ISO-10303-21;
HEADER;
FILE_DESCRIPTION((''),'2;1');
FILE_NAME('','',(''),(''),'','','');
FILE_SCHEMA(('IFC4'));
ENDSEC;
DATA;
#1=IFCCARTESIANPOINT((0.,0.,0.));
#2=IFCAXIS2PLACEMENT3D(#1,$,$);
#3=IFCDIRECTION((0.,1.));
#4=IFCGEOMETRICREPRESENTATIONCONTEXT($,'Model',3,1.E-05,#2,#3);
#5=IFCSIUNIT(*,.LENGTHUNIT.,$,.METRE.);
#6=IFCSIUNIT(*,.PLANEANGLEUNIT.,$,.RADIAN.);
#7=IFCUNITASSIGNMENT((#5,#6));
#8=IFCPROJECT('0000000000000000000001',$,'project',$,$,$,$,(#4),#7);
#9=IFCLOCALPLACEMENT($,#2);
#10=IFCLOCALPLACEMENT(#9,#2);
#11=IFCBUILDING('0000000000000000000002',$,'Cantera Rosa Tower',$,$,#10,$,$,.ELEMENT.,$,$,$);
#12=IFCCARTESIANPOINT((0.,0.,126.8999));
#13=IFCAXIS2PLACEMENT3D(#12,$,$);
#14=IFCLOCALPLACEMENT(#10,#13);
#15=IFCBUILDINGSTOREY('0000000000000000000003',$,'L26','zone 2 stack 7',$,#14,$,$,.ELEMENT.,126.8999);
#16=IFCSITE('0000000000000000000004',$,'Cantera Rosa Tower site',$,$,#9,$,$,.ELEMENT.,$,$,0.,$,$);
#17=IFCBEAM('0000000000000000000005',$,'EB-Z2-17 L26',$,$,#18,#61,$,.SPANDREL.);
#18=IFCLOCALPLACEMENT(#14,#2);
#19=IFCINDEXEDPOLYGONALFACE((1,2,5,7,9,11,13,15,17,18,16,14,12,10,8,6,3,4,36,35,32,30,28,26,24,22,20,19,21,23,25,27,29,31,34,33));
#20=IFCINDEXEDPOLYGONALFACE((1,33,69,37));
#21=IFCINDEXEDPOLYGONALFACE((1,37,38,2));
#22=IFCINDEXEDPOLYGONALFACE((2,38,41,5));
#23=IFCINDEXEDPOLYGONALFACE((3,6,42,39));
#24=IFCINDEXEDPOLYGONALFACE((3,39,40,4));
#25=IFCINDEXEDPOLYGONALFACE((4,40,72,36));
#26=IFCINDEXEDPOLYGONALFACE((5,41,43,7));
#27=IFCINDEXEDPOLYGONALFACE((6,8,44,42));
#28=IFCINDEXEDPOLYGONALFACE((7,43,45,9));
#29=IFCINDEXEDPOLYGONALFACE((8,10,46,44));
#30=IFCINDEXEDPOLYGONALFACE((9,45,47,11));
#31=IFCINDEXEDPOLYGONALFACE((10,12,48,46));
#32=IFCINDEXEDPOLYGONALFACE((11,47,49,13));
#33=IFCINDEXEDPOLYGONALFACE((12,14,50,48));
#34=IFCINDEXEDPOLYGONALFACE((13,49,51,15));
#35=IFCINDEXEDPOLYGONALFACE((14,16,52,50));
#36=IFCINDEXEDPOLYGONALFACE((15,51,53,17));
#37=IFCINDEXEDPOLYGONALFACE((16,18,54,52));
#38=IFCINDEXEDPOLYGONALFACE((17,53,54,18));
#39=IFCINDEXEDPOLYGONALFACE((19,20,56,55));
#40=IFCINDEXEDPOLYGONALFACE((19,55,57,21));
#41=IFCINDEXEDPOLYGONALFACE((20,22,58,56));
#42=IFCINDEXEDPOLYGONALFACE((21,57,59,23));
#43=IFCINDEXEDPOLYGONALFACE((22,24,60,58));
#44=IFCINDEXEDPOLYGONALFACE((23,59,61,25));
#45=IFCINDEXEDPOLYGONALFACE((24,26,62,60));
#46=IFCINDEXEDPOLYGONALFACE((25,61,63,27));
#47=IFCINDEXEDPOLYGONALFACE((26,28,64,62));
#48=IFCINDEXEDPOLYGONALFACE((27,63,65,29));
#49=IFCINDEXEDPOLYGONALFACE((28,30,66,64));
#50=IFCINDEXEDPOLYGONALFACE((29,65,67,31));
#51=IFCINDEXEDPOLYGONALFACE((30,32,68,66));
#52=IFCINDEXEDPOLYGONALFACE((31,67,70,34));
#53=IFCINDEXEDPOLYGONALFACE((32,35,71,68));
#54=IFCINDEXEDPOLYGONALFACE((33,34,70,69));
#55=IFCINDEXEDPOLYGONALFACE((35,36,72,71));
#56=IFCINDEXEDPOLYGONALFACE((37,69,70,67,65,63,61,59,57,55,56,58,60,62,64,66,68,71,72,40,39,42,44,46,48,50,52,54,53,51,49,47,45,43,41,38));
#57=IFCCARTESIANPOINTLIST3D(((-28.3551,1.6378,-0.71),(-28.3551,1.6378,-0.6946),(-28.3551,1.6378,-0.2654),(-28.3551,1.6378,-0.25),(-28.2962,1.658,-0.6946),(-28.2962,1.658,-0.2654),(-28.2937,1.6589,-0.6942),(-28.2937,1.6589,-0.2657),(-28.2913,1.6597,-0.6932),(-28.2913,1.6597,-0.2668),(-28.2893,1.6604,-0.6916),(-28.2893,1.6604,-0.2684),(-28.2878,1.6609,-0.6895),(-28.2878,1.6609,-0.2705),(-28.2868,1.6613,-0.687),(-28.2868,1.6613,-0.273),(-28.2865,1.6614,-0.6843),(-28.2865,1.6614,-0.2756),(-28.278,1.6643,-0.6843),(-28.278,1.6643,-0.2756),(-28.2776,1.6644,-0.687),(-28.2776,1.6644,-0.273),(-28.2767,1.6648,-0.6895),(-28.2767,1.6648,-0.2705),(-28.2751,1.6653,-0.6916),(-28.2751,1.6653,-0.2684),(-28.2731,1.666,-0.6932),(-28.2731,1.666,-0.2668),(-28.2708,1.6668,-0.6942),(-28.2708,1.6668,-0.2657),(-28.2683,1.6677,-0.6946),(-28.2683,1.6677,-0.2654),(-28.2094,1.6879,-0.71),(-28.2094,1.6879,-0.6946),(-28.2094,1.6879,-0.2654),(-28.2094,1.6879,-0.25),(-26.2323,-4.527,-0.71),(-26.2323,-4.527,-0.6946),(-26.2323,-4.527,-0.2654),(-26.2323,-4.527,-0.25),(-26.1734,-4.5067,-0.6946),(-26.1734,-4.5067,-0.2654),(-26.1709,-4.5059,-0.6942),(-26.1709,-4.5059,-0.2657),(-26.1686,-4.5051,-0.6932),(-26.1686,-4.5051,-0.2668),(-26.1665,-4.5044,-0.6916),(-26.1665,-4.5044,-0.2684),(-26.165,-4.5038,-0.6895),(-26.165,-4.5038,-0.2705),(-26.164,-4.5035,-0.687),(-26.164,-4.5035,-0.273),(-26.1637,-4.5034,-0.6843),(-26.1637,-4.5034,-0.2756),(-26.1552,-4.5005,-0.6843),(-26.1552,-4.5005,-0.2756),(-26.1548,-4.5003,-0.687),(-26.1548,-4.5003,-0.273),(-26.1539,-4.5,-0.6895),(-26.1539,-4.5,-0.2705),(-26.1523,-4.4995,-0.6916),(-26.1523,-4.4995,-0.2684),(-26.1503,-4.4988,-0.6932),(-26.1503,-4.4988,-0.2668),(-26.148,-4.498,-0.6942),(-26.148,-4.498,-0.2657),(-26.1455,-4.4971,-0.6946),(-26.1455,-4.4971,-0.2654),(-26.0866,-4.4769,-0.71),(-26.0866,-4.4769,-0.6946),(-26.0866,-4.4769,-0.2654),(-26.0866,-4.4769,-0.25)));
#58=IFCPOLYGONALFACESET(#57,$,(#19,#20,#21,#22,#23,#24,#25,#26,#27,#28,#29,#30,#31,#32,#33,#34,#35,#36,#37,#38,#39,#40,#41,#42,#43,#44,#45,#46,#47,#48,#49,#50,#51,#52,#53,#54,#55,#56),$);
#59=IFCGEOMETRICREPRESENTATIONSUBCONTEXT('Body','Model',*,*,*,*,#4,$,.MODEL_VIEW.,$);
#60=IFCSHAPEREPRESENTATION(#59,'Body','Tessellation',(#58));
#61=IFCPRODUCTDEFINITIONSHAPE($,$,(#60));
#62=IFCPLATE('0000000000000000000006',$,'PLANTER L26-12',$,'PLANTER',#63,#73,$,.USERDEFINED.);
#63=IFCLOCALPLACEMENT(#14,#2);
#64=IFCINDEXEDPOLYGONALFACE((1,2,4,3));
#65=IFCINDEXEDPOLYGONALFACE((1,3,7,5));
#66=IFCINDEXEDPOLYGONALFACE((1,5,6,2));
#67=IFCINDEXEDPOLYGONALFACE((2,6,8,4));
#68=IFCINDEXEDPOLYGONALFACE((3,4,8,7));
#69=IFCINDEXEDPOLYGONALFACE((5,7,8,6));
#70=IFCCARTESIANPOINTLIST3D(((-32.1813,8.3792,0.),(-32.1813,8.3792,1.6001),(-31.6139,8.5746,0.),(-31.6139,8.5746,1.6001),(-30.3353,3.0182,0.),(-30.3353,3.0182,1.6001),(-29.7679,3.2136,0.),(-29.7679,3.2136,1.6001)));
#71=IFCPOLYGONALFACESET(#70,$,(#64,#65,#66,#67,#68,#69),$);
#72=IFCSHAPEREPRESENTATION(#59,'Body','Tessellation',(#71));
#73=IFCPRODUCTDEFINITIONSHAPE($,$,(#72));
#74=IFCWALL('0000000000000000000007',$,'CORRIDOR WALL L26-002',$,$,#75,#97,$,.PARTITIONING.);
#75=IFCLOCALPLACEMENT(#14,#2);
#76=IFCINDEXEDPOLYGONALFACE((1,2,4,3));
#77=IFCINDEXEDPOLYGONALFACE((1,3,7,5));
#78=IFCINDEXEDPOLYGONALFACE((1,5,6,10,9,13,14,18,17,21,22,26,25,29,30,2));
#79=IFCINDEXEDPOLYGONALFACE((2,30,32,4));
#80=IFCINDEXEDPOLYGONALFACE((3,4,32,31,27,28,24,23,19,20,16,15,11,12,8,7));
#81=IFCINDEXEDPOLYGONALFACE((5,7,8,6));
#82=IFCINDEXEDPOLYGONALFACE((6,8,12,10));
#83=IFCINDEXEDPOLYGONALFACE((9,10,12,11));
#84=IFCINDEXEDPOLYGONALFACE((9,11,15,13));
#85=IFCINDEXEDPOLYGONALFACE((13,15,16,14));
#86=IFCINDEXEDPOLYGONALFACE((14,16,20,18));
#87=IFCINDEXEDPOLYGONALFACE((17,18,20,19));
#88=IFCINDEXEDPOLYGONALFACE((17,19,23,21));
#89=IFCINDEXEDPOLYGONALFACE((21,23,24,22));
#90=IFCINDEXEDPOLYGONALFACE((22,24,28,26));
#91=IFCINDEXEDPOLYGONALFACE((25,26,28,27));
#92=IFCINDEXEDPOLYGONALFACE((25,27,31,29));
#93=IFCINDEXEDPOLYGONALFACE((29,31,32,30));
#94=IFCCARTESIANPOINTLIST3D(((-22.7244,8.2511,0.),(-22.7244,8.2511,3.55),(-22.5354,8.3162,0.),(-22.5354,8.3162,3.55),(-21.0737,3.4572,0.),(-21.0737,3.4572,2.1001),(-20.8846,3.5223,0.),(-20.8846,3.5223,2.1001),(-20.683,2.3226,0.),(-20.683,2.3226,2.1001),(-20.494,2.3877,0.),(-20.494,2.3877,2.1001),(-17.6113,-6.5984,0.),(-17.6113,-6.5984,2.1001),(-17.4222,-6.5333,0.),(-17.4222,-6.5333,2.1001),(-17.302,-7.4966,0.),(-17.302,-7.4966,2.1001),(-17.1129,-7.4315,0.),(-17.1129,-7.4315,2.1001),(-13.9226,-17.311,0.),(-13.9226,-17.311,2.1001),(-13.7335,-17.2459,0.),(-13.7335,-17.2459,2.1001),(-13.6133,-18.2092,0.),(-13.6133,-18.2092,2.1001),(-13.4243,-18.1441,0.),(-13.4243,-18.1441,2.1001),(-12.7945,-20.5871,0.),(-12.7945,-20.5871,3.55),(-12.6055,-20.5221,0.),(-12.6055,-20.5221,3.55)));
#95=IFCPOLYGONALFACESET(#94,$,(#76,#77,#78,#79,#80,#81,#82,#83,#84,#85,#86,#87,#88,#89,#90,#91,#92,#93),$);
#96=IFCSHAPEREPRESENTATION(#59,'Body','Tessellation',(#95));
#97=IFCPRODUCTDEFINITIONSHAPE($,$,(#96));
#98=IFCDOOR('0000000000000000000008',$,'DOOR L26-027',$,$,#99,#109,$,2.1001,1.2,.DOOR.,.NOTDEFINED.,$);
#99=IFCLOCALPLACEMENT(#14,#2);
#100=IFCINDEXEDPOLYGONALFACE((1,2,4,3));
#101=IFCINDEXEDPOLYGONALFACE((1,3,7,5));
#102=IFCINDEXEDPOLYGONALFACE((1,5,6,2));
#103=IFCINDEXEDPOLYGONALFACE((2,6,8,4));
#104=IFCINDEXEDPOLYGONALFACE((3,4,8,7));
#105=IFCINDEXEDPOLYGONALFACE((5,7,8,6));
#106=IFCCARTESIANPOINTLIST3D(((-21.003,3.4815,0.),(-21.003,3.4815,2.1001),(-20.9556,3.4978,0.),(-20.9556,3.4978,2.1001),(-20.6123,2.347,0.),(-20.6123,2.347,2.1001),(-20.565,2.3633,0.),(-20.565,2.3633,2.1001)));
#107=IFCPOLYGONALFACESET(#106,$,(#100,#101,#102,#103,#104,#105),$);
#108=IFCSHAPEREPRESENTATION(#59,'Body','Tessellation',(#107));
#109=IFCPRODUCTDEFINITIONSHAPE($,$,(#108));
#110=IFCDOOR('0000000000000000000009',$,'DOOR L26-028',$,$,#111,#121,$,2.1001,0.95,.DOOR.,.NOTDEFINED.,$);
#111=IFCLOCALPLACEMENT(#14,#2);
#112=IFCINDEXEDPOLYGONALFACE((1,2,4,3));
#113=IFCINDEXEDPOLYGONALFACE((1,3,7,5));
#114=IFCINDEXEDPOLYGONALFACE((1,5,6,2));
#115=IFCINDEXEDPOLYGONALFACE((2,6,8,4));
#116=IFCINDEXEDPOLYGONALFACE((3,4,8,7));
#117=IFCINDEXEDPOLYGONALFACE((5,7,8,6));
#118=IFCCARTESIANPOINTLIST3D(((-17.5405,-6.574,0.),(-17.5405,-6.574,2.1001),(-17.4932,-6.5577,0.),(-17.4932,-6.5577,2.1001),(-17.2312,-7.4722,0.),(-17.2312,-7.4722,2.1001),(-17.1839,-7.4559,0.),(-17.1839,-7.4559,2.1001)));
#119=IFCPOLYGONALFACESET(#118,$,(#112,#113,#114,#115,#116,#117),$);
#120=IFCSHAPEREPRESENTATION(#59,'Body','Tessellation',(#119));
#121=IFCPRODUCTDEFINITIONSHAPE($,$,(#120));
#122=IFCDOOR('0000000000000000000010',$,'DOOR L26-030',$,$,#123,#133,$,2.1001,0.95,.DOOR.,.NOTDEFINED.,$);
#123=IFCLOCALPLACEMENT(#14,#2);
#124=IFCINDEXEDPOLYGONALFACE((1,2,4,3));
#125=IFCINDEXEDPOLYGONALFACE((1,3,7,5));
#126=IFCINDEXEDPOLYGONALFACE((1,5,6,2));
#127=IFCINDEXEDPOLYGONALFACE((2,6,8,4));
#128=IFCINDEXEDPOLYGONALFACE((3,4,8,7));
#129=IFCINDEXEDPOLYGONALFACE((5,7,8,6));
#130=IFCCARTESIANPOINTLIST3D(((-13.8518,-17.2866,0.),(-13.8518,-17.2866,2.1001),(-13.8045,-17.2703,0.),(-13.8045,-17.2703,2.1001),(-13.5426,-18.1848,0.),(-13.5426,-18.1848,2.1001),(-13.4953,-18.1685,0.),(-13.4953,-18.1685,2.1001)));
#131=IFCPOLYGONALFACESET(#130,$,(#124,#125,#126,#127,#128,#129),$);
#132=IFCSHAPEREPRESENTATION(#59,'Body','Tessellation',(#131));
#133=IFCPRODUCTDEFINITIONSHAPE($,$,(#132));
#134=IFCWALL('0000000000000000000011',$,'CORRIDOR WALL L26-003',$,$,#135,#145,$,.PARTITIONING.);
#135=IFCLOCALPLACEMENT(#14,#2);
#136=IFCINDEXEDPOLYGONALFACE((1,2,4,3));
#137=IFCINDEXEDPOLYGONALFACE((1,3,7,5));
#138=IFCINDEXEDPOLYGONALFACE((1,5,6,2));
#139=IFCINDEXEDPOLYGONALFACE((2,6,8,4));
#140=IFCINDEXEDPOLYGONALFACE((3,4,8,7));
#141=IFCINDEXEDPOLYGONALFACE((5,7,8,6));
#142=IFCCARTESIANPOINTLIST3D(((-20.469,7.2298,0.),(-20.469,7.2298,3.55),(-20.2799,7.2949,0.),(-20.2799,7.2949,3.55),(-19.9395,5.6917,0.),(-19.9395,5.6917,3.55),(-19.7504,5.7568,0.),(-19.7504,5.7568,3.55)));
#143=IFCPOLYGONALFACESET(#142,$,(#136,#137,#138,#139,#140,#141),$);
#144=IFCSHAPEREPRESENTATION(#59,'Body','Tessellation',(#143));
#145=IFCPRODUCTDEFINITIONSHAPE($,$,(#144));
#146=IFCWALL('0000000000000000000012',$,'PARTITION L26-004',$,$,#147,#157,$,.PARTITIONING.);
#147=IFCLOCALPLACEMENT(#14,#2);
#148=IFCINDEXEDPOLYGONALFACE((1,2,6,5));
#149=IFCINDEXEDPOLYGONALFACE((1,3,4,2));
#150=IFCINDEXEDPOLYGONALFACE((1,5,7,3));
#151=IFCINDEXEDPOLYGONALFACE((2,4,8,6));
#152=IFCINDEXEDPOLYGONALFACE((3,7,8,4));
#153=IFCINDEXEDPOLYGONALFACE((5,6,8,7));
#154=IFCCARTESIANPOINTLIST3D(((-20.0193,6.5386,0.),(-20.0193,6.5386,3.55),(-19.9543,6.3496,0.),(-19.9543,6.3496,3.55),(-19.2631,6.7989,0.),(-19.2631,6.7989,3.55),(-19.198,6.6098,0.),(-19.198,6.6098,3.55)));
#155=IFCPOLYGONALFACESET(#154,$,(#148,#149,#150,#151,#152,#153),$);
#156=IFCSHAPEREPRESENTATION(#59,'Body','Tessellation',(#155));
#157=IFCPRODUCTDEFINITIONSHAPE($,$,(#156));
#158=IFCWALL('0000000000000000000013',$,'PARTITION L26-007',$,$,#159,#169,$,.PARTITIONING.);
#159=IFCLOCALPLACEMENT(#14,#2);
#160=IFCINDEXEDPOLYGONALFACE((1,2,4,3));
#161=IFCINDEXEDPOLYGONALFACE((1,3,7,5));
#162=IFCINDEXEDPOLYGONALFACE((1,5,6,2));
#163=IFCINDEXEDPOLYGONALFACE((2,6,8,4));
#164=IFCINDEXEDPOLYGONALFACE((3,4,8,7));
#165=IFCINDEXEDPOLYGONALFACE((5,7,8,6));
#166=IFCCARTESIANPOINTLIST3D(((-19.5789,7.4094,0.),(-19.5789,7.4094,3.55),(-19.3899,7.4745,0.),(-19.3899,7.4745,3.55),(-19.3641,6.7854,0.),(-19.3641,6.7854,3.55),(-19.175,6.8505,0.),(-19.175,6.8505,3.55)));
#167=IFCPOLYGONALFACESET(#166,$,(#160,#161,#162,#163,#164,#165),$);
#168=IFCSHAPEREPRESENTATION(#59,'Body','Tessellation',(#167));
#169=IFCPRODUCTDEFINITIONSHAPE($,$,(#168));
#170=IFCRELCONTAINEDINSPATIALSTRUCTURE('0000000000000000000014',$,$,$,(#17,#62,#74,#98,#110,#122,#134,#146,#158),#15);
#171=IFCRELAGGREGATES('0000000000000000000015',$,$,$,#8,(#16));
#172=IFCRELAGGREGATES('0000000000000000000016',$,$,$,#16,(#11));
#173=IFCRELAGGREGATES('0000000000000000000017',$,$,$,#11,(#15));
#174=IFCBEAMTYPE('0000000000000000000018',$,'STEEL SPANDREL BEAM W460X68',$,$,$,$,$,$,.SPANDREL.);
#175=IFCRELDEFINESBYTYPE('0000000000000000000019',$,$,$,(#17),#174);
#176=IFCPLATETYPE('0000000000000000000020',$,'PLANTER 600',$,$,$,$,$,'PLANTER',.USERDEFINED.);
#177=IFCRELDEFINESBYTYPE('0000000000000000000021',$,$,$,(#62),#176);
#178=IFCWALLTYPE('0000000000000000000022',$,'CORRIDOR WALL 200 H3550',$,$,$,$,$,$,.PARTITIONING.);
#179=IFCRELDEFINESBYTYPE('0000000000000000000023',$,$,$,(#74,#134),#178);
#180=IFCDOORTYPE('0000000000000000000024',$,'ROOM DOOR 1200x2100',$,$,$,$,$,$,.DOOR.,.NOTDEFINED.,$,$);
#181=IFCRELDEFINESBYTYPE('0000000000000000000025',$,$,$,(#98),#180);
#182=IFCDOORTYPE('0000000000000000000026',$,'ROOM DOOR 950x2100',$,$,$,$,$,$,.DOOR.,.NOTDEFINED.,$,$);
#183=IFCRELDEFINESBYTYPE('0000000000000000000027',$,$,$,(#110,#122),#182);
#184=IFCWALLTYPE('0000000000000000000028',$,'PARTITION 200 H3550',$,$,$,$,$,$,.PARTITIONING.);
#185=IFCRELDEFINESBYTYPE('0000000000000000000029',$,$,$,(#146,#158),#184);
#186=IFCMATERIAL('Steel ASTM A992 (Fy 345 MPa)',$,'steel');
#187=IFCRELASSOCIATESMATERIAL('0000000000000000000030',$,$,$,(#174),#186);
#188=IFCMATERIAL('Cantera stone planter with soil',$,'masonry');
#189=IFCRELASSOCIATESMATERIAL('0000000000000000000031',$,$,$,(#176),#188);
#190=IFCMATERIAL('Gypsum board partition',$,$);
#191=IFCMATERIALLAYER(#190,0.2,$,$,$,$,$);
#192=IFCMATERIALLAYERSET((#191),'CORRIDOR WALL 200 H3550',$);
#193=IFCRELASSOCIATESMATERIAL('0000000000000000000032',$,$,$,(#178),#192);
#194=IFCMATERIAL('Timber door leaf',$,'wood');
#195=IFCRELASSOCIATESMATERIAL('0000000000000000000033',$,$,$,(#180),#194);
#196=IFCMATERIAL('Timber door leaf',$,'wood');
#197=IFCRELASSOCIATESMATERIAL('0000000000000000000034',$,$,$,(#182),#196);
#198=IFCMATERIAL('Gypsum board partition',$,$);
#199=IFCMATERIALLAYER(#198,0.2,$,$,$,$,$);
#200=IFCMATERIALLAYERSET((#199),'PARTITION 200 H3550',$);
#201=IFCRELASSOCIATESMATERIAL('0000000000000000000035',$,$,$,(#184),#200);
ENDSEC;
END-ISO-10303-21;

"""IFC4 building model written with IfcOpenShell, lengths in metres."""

from ifc_helpers import new_model, si_unit, direction, frame, frame_2d, origin, origin_2d, place, context, subcontext, project, spatial, rectangle, i_section, extrude, material, layer, layer_set, material_profile, profile_set, type_object, element, fill, save


model = new_model("IFC4")

# Units and contexts
model_context = context("Model", 3, precision=1e-05, world=origin(), true_north=direction((0.0, 1.0)))
body_context = subcontext(model_context, "Body", "Model", "MODEL_VIEW")
ifc_project = project(units=[si_unit("LENGTHUNIT", "METRE"), si_unit("PLANEANGLEUNIT", "RADIAN")], contexts=[model_context])

# Site, building, storey
site_placement = place(None, origin())
site = spatial("IfcSite", under=ifc_project, at=site_placement, Name="Cantera Rosa Tower site", CompositionType="ELEMENT", RefElevation=0.0)
building_placement = place(site_placement, origin())
building = spatial("IfcBuilding", under=site, at=building_placement, Name="Cantera Rosa Tower", CompositionType="ELEMENT")
storey_placement = place(building_placement, frame((0.0, 0.0, 126.8999)))
storey = spatial("IfcBuildingStorey", under=building, at=storey_placement, Name="L26", Description="zone 2 stack 7", CompositionType="ELEMENT", Elevation=126.8999)

# Beam
ifc_material_1 = material(Name="Steel ASTM A992 (Fy 345 MPa)", Category="steel")
ifc_material_profile_1 = material_profile(ifc_material_1, i_section(OverallWidth=0.1541, OverallDepth=0.46, WebThickness=0.009, FlangeThickness=0.0154, FilletRadius=0.0103, at=origin_2d()), Name="W460X68")
ifc_profile_set_1 = profile_set([ifc_material_profile_1], Name="Steel ASTM A992 (Fy 345 MPa)")
beam_type_1 = type_object("IfcBeamType", Name="STEEL SPANDREL BEAM W460X68", PredefinedType="SPANDREL", material=ifc_profile_set_1)
beam_1_placement = place(storey_placement, frame((-28.2822, 1.6628, -0.48), z_axis=(0.325581, -0.945514, 0.0), x_axis=(0.945514, 0.325581, 0.0)))
element("IfcBeam", 1, at=beam_1_placement, inside=storey, type_object=beam_type_1, Name="EB-Z2-17 L26", PredefinedType="SPANDREL", context=body_context, shape_type="SweptSolid", body=[
    extrude(i_section(OverallWidth=0.1541, OverallDepth=0.46, WebThickness=0.009, FlangeThickness=0.0154, FilletRadius=0.0103, at=origin_2d()), origin(), (0.0, 0.0, 1.0), 6.52),
])

# Plate
ifc_material_2 = material(Name="Cantera stone planter with soil", Category="masonry")
plate_type = type_object("IfcPlateType", Name="PLANTER 600", ElementType="PLANTER", PredefinedType="USERDEFINED", material=ifc_material_2)
plate_placement = place(storey_placement, frame((-30.9746, 5.7964, 0.0), z_axis=(0.0, 0.0, 1.0), x_axis=(0.325568, -0.945519, 0.0)))
element("IfcPlate", 2, at=plate_placement, inside=storey, type_object=plate_type, Name="PLANTER L26-12", ObjectType="PLANTER", PredefinedType="USERDEFINED", context=body_context, shape_type="SweptSolid", body=[
    extrude(rectangle(XDim=5.6699, YDim=0.6001, at=origin_2d()), origin(), (0.0, 0.0, 1.0), 1.6001),
])

# Wall, openings, doors
ifc_material_3 = material(Name="Gypsum board partition")
ifc_layer_1 = layer(ifc_material_3, 0.2)
ifc_layer_set_1 = layer_set([ifc_layer_1], Name="CORRIDOR WALL 200 H3550")
wall_type_1 = type_object("IfcWallType", Name="CORRIDOR WALL 200 H3550", PredefinedType="PARTITIONING", material=ifc_layer_set_1)
wall_1_placement = place(storey_placement, frame((-22.6299, 8.2837, 0.0), z_axis=(0.0, 0.0, 1.0), x_axis=(0.325571, -0.945518, 0.0)))
wall_1 = element("IfcWall", 3, at=wall_1_placement, inside=storey, type_object=wall_type_1, Name="CORRIDOR WALL L26-002", PredefinedType="PARTITIONING", context=body_context, shape_type="SweptSolid", body=[
    extrude(rectangle(XDim=30.5, YDim=0.2, at=frame_2d((15.25, 0.0))), origin(), (0.0, 0.0, 1.0), 3.55),
])
opening_1_placement = place(wall_1_placement, frame((5.0701, 0.0, 0.0)))
opening_1 = element("IfcOpeningElement", 4, at=opening_1_placement, cuts=wall_1, PredefinedType="OPENING", context=body_context, shape_type="SweptSolid", body=[
    extrude(rectangle(XDim=1.2, YDim=2.1001, at=frame_2d((0.6001, 1.05))), frame((0.0, 0.1099, 0.0), z_axis=(0.0, -1.0, 0.0), x_axis=(1.0, 0.0, 0.0)), (0.0, 0.0, 1.0), 0.22),
])
opening_2_placement = place(wall_1_placement, frame((15.7051, 0.0, 0.0)))
opening_2 = element("IfcOpeningElement", 5, at=opening_2_placement, cuts=wall_1, PredefinedType="OPENING", context=body_context, shape_type="SweptSolid", body=[
    extrude(rectangle(XDim=0.95, YDim=2.1001, at=frame_2d((0.4751, 1.05))), frame((0.0, 0.1099, 0.0), z_axis=(0.0, -1.0, 0.0), x_axis=(1.0, 0.0, 0.0)), (0.0, 0.0, 1.0), 0.22),
])
opening_3_placement = place(wall_1_placement, frame((27.0349, 0.0, 0.0)))
opening_3 = element("IfcOpeningElement", 6, at=opening_3_placement, cuts=wall_1, PredefinedType="OPENING", context=body_context, shape_type="SweptSolid", body=[
    extrude(rectangle(XDim=0.95, YDim=2.1001, at=frame_2d((0.4751, 1.05))), frame((0.0, 0.1099, 0.0), z_axis=(0.0, -1.0, 0.0), x_axis=(1.0, 0.0, 0.0)), (0.0, 0.0, 1.0), 0.22),
])
ifc_material_4 = material(Name="Timber door leaf", Category="wood")
door_type_1 = type_object("IfcDoorType", Name="ROOM DOOR 1200x2100", OperationType="NOTDEFINED", PredefinedType="DOOR", material=ifc_material_4)
door_1_placement = place(opening_1_placement, origin())
door_1 = element("IfcDoor", 7, at=door_1_placement, inside=storey, type_object=door_type_1, Name="DOOR L26-027", OperationType="NOTDEFINED", OverallHeight=2.1001, OverallWidth=1.2, PredefinedType="DOOR", context=body_context, shape_type="SweptSolid", body=[
    extrude(rectangle(XDim=1.2, YDim=2.1001, at=frame_2d((0.6001, 1.05))), frame((0.0, 0.0249, 0.0), z_axis=(0.0, -1.0, 0.0), x_axis=(1.0, 0.0, 0.0)), (0.0, 0.0, 1.0), 0.05),
])
fill(opening_1, door_1)
ifc_material_5 = material(Name="Timber door leaf", Category="wood")
door_type_2 = type_object("IfcDoorType", Name="ROOM DOOR 950x2100", OperationType="NOTDEFINED", PredefinedType="DOOR", material=ifc_material_5)
door_2_placement = place(opening_2_placement, origin())
door_2 = element("IfcDoor", 8, at=door_2_placement, inside=storey, type_object=door_type_2, Name="DOOR L26-028", OperationType="NOTDEFINED", OverallHeight=2.1001, OverallWidth=0.95, PredefinedType="DOOR", context=body_context, shape_type="SweptSolid", body=[
    extrude(rectangle(XDim=0.95, YDim=2.1001, at=frame_2d((0.4751, 1.05))), frame((0.0, 0.0249, 0.0), z_axis=(0.0, -1.0, 0.0), x_axis=(1.0, 0.0, 0.0)), (0.0, 0.0, 1.0), 0.05),
])
fill(opening_2, door_2)
door_3_placement = place(opening_3_placement, origin())
door_3 = element("IfcDoor", 9, at=door_3_placement, inside=storey, type_object=door_type_2, Name="DOOR L26-030", OperationType="NOTDEFINED", OverallHeight=2.1001, OverallWidth=0.95, PredefinedType="DOOR", context=body_context, shape_type="SweptSolid", body=[
    extrude(rectangle(XDim=0.95, YDim=2.1001, at=frame_2d((0.4751, 1.05))), frame((0.0, 0.0249, 0.0), z_axis=(0.0, -1.0, 0.0), x_axis=(1.0, 0.0, 0.0)), (0.0, 0.0, 1.0), 0.05),
])
fill(opening_3, door_3)

# Wall
wall_2_placement = place(storey_placement, frame((-20.3745, 7.2625, 0.0), z_axis=(0.0, 0.0, 1.0), x_axis=(0.325533, -0.945531, 0.0)))
element("IfcWall", 10, at=wall_2_placement, inside=storey, type_object=wall_type_1, Name="CORRIDOR WALL L26-003", PredefinedType="PARTITIONING", context=body_context, shape_type="SweptSolid", body=[
    extrude(rectangle(XDim=1.6267, YDim=0.2, at=frame_2d((0.8135, 0.0))), origin(), (0.0, 0.0, 1.0), 3.55),
])

# Walls
ifc_material_6 = material(Name="Gypsum board partition")
ifc_layer_2 = layer(ifc_material_6, 0.2)
ifc_layer_set_2 = layer_set([ifc_layer_2], Name="PARTITION 200 H3550")
wall_type_2 = type_object("IfcWallType", Name="PARTITION 200 H3550", PredefinedType="PARTITIONING", material=ifc_layer_set_2)
wall_3_placement = place(storey_placement, frame((-19.9868, 6.4441, 0.0), z_axis=(0.0, 0.0, 1.0), x_axis=(0.945587, 0.32537, 0.0)))
element("IfcWall", 11, at=wall_3_placement, inside=storey, type_object=wall_type_2, Name="PARTITION L26-004", PredefinedType="PARTITIONING", context=body_context, shape_type="SweptSolid", body=[
    extrude(rectangle(XDim=0.7998, YDim=0.2, at=frame_2d((0.3999, 0.0))), origin(), (0.0, 0.0, 1.0), 3.55),
])
wall_4_placement = place(storey_placement, frame((-19.2695, 6.8179, 0.0), z_axis=(0.0, 0.0, 1.0), x_axis=(-0.325535, 0.94553, 0.0)))
element("IfcWall", 12, at=wall_4_placement, inside=storey, type_object=wall_type_2, Name="PARTITION L26-007", PredefinedType="PARTITIONING", context=body_context, shape_type="SweptSolid", body=[
    extrude(rectangle(XDim=0.6599, YDim=0.2, at=frame_2d((0.3301, 0.0))), origin(), (0.0, 0.0, 1.0), 3.55),
])

save(model, "model.ifc")
